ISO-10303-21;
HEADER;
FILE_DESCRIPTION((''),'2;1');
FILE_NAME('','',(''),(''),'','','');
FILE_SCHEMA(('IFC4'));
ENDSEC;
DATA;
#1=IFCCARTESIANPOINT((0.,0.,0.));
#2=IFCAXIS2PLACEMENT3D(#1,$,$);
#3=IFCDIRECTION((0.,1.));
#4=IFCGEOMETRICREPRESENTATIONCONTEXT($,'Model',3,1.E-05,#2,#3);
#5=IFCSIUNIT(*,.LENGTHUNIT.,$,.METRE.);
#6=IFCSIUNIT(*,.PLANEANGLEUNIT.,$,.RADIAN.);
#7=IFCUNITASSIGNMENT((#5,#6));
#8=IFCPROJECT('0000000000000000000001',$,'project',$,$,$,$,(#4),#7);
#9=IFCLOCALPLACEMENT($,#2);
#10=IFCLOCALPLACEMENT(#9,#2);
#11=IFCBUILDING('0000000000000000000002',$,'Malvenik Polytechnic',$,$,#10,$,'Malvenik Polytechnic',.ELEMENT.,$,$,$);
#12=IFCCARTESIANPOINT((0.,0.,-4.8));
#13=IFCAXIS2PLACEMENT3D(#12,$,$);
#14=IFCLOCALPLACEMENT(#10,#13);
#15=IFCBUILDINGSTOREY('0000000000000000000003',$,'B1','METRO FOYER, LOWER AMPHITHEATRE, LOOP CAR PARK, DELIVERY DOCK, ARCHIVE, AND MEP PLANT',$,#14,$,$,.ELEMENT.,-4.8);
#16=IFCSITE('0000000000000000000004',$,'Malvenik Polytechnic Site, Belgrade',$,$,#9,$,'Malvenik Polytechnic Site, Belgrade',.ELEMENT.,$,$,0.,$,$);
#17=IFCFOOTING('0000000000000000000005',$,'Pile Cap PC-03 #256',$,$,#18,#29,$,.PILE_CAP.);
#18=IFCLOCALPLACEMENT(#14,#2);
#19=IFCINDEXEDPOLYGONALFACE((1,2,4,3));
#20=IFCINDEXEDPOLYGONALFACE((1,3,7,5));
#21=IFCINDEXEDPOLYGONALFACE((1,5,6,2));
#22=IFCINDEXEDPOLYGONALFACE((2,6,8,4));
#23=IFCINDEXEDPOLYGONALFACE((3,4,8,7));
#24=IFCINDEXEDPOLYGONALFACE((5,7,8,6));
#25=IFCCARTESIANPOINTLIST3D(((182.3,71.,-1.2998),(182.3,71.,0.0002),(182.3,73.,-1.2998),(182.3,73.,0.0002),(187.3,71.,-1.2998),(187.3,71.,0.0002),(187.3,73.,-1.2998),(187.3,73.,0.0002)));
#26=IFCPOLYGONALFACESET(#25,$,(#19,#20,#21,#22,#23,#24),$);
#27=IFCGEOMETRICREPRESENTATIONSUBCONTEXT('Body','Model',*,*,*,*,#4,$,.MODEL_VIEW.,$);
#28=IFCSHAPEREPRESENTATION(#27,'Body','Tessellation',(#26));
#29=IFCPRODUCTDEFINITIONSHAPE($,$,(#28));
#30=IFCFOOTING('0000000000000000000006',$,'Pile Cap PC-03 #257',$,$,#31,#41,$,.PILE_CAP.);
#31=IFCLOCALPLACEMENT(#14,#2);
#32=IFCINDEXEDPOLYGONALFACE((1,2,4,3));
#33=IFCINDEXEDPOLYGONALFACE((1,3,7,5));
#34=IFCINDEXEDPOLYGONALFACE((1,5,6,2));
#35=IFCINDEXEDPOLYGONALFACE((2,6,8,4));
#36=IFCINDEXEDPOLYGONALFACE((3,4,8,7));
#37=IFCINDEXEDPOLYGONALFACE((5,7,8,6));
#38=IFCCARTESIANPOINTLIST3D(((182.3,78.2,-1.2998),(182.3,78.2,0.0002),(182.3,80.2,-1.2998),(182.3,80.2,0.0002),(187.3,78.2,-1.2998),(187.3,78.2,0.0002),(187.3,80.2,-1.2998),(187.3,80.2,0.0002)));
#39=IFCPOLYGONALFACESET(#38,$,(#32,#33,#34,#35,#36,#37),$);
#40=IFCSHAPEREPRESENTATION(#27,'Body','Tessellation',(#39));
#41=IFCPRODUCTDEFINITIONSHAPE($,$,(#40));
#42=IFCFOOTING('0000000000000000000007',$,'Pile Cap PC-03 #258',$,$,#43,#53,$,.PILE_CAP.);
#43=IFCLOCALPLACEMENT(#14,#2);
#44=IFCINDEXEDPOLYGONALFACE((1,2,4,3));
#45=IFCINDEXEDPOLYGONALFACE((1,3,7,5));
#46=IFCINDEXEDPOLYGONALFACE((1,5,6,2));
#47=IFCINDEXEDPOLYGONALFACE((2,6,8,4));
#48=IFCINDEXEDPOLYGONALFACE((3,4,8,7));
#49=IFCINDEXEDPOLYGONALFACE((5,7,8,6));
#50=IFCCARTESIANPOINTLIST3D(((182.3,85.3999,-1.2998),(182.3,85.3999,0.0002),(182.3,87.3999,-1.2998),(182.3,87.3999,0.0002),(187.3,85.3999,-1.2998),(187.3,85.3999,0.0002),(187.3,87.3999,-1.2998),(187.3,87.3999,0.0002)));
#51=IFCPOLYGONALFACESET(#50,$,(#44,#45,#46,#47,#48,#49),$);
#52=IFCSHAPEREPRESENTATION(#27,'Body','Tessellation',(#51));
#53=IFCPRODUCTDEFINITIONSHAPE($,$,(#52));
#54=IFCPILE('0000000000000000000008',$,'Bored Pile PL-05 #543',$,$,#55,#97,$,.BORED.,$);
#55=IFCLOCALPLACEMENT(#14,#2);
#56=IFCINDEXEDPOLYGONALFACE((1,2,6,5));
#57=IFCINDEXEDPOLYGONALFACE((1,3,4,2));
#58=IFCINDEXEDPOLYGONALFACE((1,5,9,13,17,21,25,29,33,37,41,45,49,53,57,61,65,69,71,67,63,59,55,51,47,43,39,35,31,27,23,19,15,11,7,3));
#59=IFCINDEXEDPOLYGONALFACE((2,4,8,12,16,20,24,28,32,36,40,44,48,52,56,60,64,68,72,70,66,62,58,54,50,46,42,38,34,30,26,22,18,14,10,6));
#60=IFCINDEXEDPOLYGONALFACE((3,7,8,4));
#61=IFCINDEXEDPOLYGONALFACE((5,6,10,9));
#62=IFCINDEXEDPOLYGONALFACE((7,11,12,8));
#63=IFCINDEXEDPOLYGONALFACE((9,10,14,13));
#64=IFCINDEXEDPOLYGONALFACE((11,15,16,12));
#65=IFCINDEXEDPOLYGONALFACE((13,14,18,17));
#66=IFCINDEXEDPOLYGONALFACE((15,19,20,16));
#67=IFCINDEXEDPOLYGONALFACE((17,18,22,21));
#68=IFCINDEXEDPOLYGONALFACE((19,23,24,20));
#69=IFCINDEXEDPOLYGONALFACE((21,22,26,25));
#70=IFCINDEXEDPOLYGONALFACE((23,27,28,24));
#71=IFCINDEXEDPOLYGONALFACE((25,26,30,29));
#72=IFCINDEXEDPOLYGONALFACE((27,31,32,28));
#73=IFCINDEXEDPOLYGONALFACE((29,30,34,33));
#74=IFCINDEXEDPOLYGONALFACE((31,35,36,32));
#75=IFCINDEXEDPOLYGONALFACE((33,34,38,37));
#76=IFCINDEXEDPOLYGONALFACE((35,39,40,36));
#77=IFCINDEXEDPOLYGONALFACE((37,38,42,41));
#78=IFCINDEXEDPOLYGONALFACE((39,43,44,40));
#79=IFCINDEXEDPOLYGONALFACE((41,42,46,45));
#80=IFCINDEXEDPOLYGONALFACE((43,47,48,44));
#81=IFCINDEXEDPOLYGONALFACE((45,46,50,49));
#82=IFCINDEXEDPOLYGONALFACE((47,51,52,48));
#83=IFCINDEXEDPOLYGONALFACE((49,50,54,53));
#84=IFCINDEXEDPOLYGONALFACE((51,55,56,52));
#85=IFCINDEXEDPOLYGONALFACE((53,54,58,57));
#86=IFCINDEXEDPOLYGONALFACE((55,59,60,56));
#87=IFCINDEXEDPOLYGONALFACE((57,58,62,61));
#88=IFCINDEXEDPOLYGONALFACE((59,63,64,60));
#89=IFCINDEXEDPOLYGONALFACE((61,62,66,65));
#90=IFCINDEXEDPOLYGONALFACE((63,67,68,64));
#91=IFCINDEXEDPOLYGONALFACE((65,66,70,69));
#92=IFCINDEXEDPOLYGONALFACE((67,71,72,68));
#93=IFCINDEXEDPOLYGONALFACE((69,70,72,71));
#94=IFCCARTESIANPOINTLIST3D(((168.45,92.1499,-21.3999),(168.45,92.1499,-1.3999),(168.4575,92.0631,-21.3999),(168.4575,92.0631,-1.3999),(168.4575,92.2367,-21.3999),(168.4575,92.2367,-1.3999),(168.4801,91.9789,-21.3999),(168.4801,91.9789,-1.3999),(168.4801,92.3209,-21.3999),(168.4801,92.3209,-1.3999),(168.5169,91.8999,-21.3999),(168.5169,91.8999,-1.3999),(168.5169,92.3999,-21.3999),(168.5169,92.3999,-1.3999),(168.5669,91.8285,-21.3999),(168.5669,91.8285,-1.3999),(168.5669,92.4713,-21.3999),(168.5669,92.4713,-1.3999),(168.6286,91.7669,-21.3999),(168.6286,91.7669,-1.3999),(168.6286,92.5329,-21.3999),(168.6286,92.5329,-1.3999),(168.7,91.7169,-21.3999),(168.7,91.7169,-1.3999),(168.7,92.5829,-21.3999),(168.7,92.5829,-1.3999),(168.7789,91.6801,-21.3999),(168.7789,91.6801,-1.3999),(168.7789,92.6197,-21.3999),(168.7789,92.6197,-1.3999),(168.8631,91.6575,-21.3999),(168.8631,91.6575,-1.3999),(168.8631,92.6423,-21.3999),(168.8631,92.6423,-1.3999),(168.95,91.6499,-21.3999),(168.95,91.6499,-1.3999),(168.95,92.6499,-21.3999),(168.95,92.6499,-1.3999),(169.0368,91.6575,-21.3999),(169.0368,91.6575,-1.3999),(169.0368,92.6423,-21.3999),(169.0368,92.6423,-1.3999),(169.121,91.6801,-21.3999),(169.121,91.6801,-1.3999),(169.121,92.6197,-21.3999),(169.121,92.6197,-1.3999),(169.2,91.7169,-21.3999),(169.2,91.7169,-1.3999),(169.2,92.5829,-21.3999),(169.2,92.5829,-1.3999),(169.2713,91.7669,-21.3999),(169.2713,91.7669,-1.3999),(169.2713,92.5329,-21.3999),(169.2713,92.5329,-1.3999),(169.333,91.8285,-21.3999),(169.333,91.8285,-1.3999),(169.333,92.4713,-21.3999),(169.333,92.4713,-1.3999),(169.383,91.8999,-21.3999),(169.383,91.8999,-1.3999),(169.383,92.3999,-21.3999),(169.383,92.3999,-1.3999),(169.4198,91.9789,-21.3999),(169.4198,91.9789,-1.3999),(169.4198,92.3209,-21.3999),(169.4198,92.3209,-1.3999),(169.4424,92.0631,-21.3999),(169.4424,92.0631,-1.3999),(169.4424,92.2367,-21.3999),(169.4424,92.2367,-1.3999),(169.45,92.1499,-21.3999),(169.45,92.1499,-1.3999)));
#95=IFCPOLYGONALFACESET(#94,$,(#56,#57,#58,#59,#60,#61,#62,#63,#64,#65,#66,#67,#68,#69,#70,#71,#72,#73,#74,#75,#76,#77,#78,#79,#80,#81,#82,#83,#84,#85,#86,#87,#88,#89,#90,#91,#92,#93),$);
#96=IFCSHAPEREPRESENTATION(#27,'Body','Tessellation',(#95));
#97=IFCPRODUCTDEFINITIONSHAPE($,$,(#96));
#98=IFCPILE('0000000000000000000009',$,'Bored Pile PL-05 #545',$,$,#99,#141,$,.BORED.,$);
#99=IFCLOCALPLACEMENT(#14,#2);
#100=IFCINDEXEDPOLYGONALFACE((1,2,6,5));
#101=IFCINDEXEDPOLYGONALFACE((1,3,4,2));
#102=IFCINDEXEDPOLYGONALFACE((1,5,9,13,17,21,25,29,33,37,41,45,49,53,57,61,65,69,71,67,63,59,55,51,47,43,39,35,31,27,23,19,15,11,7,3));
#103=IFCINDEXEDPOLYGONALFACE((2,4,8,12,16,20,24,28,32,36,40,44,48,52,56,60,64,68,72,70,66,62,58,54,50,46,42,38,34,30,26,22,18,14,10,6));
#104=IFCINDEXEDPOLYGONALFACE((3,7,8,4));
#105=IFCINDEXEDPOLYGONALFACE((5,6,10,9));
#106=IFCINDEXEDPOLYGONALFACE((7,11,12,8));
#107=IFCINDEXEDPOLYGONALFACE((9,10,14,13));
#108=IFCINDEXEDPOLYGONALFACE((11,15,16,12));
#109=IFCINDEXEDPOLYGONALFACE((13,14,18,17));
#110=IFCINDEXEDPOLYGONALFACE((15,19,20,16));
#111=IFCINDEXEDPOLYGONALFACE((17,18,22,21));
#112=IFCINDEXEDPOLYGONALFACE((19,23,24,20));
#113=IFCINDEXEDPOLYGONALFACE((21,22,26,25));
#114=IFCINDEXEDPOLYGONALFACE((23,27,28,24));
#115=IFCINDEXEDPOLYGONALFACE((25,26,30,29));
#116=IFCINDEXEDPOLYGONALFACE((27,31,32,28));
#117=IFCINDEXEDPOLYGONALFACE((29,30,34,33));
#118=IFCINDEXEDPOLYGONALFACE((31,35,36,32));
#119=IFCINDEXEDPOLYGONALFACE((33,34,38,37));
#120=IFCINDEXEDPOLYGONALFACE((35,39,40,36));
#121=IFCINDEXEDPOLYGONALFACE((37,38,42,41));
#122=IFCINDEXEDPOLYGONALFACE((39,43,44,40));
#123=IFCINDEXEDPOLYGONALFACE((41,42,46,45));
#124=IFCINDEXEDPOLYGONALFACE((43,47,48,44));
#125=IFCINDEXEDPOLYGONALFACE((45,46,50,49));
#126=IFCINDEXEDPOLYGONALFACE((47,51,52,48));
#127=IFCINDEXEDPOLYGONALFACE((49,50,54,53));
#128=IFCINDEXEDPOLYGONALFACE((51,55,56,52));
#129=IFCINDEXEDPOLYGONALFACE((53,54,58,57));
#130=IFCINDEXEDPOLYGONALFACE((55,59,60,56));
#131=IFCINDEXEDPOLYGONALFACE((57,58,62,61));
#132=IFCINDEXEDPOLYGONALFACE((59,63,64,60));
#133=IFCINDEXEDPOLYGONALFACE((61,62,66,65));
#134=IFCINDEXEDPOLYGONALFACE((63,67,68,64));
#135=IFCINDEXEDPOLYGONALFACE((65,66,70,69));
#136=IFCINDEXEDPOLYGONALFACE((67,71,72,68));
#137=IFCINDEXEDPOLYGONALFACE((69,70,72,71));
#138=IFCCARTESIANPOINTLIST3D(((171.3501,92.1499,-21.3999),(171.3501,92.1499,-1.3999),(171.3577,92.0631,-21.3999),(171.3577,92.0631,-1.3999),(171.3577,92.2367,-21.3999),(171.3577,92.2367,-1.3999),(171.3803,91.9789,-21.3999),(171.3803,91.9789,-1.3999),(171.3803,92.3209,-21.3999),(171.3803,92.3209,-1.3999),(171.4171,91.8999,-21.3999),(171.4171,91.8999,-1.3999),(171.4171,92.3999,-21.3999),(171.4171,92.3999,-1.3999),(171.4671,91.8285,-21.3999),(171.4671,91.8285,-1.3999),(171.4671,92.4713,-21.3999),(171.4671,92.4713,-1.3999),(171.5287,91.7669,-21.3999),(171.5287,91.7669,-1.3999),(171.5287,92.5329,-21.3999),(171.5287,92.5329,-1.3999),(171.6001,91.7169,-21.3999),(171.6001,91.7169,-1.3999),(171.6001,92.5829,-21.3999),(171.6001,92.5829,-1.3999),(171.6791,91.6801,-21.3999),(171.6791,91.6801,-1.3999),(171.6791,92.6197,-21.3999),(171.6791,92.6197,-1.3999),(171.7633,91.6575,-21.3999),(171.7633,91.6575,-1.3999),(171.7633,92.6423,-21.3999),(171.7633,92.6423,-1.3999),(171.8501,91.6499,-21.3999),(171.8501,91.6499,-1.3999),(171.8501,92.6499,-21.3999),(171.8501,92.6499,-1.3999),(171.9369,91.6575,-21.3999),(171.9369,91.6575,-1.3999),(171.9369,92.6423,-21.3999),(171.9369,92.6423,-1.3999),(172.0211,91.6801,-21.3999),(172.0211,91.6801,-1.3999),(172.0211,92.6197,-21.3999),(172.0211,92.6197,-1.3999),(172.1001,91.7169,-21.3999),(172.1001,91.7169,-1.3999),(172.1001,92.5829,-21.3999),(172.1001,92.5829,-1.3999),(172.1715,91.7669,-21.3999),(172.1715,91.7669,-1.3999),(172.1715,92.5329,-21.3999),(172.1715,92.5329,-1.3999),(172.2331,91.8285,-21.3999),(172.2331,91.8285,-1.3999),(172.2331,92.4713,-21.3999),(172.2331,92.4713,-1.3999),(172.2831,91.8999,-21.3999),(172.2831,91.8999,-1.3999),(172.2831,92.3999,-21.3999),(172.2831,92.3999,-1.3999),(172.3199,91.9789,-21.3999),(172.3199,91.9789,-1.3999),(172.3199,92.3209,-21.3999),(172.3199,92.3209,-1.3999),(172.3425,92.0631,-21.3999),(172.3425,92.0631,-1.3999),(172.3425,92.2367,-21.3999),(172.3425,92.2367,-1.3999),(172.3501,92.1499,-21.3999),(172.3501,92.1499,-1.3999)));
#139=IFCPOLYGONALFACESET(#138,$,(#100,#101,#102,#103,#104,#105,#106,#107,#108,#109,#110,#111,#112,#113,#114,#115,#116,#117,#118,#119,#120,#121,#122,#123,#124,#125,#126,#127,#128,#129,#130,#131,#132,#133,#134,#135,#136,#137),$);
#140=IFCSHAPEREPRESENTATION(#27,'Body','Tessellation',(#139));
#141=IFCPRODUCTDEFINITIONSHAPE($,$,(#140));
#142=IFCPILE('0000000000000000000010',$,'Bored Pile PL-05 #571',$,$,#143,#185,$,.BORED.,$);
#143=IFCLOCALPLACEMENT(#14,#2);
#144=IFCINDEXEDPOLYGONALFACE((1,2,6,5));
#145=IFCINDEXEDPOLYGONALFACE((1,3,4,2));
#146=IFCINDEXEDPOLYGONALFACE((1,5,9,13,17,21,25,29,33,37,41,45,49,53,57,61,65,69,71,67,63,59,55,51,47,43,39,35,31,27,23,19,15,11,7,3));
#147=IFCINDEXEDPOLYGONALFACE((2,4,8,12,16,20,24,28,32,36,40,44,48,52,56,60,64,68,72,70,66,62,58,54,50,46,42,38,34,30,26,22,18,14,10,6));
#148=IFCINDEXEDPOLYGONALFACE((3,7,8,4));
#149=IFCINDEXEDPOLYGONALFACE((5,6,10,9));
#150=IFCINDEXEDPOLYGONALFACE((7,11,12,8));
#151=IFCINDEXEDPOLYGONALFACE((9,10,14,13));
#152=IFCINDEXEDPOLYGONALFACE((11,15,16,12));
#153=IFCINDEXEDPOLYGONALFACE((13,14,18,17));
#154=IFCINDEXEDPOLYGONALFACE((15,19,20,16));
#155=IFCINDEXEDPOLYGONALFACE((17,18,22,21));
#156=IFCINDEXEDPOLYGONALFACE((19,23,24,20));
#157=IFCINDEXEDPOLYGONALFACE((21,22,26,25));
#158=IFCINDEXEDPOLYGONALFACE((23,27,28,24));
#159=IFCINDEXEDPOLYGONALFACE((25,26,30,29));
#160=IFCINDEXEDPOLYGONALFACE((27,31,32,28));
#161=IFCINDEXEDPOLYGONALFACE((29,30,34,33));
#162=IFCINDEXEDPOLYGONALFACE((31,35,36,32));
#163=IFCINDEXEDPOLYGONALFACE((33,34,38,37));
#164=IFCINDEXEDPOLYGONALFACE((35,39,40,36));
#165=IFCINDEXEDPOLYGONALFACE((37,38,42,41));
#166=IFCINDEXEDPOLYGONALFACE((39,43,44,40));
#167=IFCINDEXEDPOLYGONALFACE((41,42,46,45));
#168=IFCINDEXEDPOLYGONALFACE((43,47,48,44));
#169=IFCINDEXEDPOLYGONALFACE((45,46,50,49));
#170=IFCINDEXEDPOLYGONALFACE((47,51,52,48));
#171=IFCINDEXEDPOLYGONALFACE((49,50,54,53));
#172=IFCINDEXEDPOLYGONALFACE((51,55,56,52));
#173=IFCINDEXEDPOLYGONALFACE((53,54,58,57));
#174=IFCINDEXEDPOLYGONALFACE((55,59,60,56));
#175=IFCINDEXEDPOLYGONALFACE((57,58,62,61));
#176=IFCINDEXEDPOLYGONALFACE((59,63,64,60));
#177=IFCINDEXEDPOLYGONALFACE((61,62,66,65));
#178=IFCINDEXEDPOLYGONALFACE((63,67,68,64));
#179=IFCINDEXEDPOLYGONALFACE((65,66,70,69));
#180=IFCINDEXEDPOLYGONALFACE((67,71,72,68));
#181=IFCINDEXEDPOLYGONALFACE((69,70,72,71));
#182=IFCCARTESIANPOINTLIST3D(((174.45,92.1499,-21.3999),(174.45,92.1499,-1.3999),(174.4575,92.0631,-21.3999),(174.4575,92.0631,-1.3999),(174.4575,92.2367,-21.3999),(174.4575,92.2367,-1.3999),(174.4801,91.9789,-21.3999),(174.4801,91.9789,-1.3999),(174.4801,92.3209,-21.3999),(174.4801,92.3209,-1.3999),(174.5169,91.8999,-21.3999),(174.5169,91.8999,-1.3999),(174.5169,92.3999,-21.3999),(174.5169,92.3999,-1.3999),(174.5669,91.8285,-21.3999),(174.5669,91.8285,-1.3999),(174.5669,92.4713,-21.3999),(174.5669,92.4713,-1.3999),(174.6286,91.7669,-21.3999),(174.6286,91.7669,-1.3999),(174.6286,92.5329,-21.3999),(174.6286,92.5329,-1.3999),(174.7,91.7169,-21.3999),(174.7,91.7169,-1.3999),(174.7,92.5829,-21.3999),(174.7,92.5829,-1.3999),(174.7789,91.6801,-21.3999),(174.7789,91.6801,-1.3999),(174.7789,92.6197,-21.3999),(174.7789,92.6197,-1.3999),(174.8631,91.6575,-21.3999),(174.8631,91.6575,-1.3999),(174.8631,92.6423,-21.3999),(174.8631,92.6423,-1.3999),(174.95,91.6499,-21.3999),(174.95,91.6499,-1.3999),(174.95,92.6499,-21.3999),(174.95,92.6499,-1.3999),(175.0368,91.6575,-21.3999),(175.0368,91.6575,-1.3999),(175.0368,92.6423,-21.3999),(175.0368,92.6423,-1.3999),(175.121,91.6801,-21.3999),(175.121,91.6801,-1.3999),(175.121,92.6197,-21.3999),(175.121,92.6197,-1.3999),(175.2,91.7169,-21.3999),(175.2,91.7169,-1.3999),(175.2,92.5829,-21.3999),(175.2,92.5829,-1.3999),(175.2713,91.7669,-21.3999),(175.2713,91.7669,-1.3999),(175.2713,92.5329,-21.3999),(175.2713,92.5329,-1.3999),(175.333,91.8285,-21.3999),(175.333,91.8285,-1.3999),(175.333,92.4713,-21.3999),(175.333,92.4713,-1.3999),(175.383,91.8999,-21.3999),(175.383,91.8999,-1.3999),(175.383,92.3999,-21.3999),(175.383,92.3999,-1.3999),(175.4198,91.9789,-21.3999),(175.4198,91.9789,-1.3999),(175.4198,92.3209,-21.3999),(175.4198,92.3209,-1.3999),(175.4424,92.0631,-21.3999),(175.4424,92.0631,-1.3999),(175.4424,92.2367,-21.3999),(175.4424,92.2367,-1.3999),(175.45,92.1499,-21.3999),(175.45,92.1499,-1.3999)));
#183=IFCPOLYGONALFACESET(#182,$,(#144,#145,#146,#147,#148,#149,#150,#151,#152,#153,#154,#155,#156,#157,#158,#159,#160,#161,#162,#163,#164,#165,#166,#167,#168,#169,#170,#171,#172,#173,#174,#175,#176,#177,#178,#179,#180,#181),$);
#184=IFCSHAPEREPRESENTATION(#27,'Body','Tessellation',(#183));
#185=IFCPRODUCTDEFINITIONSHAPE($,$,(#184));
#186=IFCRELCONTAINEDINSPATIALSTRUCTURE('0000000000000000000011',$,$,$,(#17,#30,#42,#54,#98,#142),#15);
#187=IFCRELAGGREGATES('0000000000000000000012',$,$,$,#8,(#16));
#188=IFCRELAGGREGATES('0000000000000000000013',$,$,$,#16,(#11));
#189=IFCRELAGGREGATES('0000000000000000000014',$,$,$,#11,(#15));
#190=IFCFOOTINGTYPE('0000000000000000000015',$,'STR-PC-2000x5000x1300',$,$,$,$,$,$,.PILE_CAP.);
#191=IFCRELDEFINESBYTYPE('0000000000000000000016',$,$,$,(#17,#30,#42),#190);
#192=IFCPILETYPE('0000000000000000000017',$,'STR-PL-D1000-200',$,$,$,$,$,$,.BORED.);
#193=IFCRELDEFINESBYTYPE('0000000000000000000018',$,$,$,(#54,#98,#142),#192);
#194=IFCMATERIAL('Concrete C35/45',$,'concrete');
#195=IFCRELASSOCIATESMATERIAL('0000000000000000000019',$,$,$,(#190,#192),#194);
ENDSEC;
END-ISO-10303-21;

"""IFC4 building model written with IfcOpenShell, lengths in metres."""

from ifc_helpers import new_model, si_unit, direction, frame, origin, origin_2d, place, context, subcontext, project, spatial, rectangle, circle, extrude, material, material_profile, profile_set, type_object, element, save


model = new_model("IFC4")

# Units and contexts
model_context = context("Model", 3, precision=1e-05, world=origin(), true_north=direction((0.0, 1.0)))
body_context = subcontext(model_context, "Body", "Model", "MODEL_VIEW")
ifc_project = project(units=[si_unit("LENGTHUNIT", "METRE"), si_unit("PLANEANGLEUNIT", "RADIAN")], contexts=[model_context])

# Site, building, storey
site_placement = place(None, origin())
site = spatial("IfcSite", under=ifc_project, at=site_placement, Name="Malvenik Polytechnic Site, Belgrade", LongName="Malvenik Polytechnic Site, Belgrade", CompositionType="ELEMENT", RefElevation=0.0)
building_placement = place(site_placement, origin())
building = spatial("IfcBuilding", under=site, at=building_placement, Name="Malvenik Polytechnic", LongName="Malvenik Polytechnic", CompositionType="ELEMENT")
storey_placement = place(building_placement, frame((0.0, 0.0, -4.8)))
storey = spatial("IfcBuildingStorey", under=building, at=storey_placement, Name="B1", Description="METRO FOYER, LOWER AMPHITHEATRE, LOOP CAR PARK, DELIVERY DOCK, ARCHIVE, AND MEP PLANT", CompositionType="ELEMENT", Elevation=-4.8)

# Footings
ifc_material = material(Name="Concrete C35/45", Category="concrete")
footing_type = type_object("IfcFootingType", Name="STR-PC-2000x5000x1300", PredefinedType="PILE_CAP", material=ifc_material)
for number, where, z_axis, x_axis, name in (
    (1, (184.8, 72.0, -1.2998), (0.0, 0.0, 1.0), (1.0, 0.0, 0.0), "Pile Cap PC-03 #256"),
    (2, (184.8, 79.2, -1.2998), (0.0, 0.0, 1.0), (1.0, 0.0, 0.0), "Pile Cap PC-03 #257"),
    (3, (184.8, 86.3999, -1.2998), (0.0, 0.0, 1.0), (1.0, 0.0, 0.0), "Pile Cap PC-03 #258"),
):
    element("IfcFooting", number, at=place(storey_placement, frame(where, z_axis=z_axis, x_axis=x_axis)), inside=storey, type_object=footing_type, Name=name, PredefinedType="PILE_CAP", context=body_context, shape_type="SweptSolid", body=[
        extrude(rectangle(XDim=5.0, YDim=2.0, at=origin_2d()), origin(), (0.0, 0.0, 1.0), 1.3),
    ])

# Piles
ifc_material_profile_1 = material_profile(ifc_material, circle(Radius=0.5, at=origin_2d()), Name="BORED PILE D1000")
ifc_profile_set_1 = profile_set([ifc_material_profile_1], Name="Concrete C35/45")
pile_type_1 = type_object("IfcPileType", Name="STR-PL-D1000-200", PredefinedType="BORED", material=ifc_profile_set_1)
for number, where, z_axis, x_axis, name in (
    (4, (168.95, 92.1499, -1.3999), (0.0, 0.0, -1.0), (1.0, 0.0, 0.0), "Bored Pile PL-05 #543"),
    (5, (171.8501, 92.1499, -1.3999), (0.0, 0.0, -1.0), (1.0, 0.0, 0.0), "Bored Pile PL-05 #545"),
    (6, (174.95, 92.1499, -1.3999), (0.0, 0.0, -1.0), (1.0, 0.0, 0.0), "Bored Pile PL-05 #571"),
):
    element("IfcPile", number, at=place(storey_placement, frame(where, z_axis=z_axis, x_axis=x_axis)), inside=storey, type_object=pile_type_1, Name=name, PredefinedType="BORED", context=body_context, shape_type="SweptSolid", body=[
        extrude(circle(Radius=0.5, at=origin_2d()), origin(), (0.0, 0.0, 1.0), 20.0),
    ])

save(model, "model.ifc")
